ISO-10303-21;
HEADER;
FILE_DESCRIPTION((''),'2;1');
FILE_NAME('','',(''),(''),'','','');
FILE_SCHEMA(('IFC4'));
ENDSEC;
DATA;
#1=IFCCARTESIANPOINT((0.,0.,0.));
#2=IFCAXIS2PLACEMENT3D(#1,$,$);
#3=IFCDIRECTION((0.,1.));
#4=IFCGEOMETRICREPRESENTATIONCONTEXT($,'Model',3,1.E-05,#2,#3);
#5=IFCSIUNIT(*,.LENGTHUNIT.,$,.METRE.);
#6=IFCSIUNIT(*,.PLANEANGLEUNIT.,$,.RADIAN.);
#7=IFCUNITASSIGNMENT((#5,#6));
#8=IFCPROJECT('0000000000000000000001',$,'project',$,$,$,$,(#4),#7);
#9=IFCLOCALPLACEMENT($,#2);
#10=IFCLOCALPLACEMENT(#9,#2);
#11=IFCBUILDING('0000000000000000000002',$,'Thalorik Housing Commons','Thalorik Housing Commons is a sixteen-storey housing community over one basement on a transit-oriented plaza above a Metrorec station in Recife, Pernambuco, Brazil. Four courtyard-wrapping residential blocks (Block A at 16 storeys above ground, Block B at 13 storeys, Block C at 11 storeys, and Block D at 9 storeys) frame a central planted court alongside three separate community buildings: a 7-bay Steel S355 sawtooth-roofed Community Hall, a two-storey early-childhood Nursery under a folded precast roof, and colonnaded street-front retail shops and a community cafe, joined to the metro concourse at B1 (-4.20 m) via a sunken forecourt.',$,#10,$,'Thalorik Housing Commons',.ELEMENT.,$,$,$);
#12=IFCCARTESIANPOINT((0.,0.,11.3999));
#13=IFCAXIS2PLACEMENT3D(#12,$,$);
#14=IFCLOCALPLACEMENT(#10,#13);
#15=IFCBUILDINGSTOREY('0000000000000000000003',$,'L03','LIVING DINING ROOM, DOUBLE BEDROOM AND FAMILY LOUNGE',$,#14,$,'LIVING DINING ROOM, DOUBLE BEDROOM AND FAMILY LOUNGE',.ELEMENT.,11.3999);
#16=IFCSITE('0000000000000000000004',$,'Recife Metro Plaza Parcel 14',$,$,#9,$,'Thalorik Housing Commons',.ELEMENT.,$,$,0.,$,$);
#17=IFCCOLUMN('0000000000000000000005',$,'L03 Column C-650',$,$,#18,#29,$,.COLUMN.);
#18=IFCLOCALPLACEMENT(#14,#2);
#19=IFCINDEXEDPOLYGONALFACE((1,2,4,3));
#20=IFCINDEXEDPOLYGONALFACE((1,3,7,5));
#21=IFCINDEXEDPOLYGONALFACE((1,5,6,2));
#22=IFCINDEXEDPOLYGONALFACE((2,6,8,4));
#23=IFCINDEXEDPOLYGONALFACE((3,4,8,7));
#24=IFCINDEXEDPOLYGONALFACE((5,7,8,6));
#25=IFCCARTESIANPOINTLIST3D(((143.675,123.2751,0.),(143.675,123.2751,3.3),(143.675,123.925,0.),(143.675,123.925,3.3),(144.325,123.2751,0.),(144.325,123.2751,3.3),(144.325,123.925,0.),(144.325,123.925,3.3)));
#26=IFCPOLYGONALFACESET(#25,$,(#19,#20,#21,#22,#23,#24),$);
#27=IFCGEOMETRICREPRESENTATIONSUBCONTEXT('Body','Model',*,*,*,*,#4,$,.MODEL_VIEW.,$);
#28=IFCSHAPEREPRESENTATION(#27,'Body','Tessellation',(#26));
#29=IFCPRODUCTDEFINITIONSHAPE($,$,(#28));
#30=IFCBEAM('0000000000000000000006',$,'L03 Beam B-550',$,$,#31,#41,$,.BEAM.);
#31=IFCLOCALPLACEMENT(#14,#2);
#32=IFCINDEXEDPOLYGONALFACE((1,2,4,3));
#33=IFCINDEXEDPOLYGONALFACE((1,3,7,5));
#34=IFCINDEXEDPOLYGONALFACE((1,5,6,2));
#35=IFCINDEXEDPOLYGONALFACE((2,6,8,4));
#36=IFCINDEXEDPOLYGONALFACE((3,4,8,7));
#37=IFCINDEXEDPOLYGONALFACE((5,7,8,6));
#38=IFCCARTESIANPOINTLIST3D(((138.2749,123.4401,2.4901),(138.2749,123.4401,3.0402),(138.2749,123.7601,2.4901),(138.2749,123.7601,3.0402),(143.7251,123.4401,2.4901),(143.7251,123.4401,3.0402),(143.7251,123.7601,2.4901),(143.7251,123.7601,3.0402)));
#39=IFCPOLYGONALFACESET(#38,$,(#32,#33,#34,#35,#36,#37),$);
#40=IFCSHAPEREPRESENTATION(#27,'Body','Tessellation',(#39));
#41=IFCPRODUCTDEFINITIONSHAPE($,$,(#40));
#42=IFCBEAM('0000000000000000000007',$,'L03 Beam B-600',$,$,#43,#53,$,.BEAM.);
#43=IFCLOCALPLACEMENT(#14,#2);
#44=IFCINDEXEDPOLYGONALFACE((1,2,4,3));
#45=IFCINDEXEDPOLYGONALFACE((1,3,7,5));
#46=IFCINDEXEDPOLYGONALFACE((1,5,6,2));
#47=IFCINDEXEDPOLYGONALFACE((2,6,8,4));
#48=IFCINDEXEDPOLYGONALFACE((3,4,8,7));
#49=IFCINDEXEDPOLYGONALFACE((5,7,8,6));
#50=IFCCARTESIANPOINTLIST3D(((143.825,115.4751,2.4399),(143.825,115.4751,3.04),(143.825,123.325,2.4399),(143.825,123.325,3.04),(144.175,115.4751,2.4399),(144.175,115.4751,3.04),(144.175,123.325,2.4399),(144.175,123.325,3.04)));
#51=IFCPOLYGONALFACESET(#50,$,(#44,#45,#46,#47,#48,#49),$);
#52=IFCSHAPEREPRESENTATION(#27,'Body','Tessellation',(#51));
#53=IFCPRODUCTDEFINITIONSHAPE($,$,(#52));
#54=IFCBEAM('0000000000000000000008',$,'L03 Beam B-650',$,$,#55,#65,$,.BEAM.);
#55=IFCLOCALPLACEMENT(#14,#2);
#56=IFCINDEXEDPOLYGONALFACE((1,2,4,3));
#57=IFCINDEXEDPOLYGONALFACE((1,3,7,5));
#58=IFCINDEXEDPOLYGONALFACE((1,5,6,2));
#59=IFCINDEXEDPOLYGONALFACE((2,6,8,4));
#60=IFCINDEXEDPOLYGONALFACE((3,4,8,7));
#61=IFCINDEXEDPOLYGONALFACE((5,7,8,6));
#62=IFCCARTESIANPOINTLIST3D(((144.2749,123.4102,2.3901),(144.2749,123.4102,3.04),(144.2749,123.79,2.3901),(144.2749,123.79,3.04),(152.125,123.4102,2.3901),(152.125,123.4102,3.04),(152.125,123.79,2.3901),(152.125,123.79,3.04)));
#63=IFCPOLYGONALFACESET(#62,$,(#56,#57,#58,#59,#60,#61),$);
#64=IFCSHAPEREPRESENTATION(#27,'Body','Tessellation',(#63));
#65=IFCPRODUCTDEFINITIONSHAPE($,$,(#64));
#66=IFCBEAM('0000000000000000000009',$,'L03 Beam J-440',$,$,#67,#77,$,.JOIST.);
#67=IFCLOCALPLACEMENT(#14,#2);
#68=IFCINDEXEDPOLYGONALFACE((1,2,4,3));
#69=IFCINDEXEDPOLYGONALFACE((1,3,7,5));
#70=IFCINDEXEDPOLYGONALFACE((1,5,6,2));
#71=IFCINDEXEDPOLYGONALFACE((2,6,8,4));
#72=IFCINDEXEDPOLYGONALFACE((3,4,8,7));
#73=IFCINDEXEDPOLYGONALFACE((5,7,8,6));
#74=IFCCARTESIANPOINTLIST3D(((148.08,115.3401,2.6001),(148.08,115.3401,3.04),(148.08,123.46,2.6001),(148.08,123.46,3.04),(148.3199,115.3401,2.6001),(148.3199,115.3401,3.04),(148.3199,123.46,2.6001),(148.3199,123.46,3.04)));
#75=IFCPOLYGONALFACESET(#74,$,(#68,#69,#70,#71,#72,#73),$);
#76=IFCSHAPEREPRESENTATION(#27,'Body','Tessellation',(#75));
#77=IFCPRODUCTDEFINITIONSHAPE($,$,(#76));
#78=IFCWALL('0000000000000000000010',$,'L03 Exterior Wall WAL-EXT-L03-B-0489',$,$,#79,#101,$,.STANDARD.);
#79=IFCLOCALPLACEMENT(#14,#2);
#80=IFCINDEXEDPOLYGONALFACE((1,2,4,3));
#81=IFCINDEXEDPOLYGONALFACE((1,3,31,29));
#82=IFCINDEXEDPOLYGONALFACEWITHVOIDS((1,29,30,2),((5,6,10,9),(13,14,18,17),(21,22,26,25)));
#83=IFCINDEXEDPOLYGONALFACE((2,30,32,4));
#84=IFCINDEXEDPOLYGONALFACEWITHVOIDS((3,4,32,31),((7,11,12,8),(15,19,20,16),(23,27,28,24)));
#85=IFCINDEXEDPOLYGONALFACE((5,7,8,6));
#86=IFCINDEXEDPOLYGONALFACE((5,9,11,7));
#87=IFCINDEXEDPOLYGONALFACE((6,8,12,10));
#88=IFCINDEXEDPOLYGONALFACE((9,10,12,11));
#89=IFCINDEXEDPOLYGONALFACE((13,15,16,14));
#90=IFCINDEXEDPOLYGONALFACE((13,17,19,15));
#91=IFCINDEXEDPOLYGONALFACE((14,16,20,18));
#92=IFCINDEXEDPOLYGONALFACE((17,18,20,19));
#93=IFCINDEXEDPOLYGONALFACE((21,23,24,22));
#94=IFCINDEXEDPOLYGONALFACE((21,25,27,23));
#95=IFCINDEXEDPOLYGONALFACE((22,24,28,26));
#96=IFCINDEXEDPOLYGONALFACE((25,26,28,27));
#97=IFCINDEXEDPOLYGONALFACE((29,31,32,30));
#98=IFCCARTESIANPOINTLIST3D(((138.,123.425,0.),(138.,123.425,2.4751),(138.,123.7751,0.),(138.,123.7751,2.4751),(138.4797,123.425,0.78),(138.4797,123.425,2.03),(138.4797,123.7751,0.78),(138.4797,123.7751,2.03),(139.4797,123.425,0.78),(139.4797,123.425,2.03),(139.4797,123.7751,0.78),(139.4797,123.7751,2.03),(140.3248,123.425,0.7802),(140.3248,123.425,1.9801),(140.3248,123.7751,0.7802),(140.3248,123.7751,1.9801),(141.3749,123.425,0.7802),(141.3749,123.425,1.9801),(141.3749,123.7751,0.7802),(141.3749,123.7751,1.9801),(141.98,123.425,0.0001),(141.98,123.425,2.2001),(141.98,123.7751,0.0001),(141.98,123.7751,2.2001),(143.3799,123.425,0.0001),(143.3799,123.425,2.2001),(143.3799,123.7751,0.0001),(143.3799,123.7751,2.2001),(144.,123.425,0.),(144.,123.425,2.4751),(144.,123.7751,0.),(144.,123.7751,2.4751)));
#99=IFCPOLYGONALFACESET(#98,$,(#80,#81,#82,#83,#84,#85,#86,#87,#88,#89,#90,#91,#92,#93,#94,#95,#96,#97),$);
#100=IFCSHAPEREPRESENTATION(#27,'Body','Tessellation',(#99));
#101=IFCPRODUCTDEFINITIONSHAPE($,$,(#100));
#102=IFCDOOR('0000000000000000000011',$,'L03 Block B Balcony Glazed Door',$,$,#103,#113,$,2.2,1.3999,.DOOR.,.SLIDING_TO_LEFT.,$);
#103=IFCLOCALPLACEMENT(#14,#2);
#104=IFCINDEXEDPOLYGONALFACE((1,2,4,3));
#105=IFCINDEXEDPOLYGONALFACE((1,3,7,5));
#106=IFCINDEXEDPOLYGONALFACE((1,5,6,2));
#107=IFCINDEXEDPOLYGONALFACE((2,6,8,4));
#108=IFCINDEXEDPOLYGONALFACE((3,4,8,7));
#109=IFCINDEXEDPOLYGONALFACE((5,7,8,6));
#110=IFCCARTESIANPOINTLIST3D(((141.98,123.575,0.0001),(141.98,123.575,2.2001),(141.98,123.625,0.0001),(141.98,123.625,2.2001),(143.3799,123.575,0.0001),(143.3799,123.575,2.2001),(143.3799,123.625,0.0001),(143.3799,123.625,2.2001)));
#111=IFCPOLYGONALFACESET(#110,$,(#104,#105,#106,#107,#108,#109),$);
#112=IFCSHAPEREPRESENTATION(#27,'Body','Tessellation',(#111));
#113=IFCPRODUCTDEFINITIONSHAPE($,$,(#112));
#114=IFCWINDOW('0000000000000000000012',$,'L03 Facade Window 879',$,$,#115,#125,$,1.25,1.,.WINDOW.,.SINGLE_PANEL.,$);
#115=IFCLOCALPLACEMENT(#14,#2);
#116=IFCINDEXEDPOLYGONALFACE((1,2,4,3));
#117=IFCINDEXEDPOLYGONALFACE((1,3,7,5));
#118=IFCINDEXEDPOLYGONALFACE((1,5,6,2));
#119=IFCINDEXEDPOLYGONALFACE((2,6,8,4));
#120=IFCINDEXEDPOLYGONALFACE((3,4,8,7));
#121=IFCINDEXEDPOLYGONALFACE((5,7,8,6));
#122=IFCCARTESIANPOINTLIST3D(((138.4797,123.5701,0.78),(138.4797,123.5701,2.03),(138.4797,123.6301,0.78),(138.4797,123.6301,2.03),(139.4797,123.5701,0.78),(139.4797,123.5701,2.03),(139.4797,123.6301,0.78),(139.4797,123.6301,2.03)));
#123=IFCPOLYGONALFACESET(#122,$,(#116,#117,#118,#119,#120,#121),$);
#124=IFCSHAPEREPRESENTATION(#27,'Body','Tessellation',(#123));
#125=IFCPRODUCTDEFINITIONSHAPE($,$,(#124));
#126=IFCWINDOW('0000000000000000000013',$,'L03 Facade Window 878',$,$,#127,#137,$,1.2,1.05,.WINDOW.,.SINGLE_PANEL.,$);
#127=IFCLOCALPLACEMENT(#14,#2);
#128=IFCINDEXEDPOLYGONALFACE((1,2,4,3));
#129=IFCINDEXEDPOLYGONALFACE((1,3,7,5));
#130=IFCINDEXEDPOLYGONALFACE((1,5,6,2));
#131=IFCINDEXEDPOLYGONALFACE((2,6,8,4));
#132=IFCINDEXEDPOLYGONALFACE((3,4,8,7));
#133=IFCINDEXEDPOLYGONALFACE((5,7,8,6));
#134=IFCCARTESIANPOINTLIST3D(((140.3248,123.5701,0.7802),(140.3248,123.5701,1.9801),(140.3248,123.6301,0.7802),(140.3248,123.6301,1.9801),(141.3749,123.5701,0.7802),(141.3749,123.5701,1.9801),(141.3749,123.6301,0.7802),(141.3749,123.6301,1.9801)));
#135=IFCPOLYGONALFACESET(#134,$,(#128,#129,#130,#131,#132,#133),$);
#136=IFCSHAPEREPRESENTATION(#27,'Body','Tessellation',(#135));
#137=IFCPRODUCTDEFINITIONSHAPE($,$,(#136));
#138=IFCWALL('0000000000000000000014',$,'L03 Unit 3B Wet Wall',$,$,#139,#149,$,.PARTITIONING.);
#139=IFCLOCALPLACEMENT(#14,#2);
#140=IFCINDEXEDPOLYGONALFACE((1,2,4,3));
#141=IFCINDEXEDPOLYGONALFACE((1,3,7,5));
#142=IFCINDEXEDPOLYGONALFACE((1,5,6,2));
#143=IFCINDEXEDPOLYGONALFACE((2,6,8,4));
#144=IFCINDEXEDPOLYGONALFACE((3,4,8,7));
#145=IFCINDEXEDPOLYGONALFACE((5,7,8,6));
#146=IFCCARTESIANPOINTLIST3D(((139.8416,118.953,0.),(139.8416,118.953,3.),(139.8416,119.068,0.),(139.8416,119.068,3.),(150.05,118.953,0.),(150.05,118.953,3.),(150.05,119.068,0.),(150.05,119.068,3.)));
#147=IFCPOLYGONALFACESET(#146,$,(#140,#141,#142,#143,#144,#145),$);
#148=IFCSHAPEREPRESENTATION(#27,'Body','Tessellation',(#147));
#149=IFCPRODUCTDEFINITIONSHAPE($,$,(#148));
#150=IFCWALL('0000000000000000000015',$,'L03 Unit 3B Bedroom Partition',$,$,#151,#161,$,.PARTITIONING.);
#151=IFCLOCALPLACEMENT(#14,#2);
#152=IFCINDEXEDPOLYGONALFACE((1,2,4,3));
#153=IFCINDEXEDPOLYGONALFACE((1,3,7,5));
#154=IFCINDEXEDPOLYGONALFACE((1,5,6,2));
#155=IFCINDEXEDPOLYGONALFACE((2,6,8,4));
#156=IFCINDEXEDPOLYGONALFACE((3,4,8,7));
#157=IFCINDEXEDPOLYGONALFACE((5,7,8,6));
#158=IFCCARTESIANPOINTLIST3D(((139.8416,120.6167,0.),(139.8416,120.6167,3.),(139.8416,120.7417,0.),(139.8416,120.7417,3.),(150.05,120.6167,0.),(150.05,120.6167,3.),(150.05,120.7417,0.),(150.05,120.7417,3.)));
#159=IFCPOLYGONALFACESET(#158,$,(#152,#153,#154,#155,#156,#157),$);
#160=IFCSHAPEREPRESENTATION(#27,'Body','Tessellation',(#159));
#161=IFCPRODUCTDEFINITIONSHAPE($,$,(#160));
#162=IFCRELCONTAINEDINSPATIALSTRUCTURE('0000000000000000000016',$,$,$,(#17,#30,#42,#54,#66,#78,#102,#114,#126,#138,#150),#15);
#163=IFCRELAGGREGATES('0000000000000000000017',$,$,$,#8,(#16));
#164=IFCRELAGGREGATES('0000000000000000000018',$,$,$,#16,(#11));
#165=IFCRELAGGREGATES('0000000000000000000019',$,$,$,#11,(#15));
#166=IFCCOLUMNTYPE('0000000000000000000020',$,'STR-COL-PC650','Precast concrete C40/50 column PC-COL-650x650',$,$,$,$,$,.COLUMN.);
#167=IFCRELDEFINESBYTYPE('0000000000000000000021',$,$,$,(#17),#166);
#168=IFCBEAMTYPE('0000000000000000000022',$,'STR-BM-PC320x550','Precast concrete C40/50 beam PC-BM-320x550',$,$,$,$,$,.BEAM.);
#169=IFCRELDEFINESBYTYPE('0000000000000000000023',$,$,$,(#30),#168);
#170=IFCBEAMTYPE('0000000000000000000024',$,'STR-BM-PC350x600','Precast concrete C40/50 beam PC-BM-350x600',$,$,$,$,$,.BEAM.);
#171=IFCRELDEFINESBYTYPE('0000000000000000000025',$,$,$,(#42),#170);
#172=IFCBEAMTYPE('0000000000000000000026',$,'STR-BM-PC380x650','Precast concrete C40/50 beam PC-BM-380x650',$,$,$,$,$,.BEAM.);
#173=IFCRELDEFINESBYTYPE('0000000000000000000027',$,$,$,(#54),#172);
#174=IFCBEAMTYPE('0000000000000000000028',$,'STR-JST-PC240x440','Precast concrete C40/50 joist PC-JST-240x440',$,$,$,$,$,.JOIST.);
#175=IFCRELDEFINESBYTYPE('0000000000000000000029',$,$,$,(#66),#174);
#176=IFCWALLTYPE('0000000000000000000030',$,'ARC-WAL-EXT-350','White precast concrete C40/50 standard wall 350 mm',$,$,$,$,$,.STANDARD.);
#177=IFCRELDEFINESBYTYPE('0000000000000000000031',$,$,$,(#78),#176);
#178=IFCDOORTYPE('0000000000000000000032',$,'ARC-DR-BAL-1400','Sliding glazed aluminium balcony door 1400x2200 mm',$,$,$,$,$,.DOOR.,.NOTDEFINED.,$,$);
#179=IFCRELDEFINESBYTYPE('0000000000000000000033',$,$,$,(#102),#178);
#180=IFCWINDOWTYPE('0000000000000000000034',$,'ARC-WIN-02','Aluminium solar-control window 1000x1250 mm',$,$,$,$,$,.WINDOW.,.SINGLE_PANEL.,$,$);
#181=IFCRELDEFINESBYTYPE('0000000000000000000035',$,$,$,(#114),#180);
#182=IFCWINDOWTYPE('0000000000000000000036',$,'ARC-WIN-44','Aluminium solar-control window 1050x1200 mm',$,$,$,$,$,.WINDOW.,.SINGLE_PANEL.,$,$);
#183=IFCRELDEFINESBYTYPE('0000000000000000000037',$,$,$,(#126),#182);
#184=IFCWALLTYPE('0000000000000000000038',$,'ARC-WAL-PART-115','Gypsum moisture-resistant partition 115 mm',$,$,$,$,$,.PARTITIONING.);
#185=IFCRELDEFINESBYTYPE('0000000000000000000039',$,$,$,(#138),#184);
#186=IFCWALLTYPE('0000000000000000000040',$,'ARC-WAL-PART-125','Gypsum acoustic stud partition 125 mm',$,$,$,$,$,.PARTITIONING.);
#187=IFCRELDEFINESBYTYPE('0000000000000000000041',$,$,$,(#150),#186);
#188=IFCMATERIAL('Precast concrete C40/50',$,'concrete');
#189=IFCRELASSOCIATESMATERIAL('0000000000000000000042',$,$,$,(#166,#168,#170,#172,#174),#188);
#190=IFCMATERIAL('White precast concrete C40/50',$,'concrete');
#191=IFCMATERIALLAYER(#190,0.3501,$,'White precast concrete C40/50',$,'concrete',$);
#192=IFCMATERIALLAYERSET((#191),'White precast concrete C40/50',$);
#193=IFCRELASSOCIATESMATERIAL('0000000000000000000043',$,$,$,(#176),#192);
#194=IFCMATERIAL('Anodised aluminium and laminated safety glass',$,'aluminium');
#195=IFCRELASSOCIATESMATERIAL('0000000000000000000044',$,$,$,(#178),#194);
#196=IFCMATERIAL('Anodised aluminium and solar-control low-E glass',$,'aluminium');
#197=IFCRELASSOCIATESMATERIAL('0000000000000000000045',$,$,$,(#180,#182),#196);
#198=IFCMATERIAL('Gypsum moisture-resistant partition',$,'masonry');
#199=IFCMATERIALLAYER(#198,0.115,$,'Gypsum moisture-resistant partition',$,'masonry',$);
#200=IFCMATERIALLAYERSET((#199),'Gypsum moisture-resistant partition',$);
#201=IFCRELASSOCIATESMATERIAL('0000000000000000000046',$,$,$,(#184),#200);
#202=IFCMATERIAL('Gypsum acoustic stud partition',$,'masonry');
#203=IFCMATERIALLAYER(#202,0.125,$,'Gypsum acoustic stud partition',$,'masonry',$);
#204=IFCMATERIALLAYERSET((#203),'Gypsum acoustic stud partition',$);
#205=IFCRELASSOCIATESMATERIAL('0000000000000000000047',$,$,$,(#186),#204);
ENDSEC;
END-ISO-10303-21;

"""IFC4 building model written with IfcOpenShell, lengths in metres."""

from ifc_helpers import new_model, si_unit, direction, frame, frame_2d, origin, origin_2d, place, context, subcontext, project, spatial, rectangle, extrude, material, layer, layer_set, material_profile, profile_set, type_object, element, fill, save


model = new_model("IFC4")

# Units and contexts
model_context = context("Model", 3, precision=1e-05, world=origin(), true_north=direction((0.0, 1.0)))
body_context = subcontext(model_context, "Body", "Model", "MODEL_VIEW")
ifc_project = project(units=[si_unit("LENGTHUNIT", "METRE"), si_unit("PLANEANGLEUNIT", "RADIAN")], contexts=[model_context])

# Site, building, storey
site_placement = place(None, origin())
site = spatial("IfcSite", under=ifc_project, at=site_placement, Name="Recife Metro Plaza Parcel 14", LongName="Thalorik Housing Commons", CompositionType="ELEMENT", RefElevation=0.0)
building_placement = place(site_placement, origin())
building = spatial("IfcBuilding", under=site, at=building_placement, Name="Thalorik Housing Commons", Description="Thalorik Housing Commons is a sixteen-storey housing community over one basement on a transit-oriented plaza above a Metrorec station in Recife, Pernambuco, Brazil. Four courtyard-wrapping residential blocks (Block A at 16 storeys above ground, Block B at 13 storeys, Block C at 11 storeys, and Block D at 9 storeys) frame a central planted court alongside three separate community buildings: a 7-bay Steel S355 sawtooth-roofed Community Hall, a two-storey early-childhood Nursery under a folded precast roof, and colonnaded street-front retail shops and a community cafe, joined to the metro concourse at B1 (-4.20 m) via a sunken forecourt.", LongName="Thalorik Housing Commons", CompositionType="ELEMENT")
storey_placement = place(building_placement, frame((0.0, 0.0, 11.3999)))
storey = spatial("IfcBuildingStorey", under=building, at=storey_placement, Name="L03", Description="LIVING DINING ROOM, DOUBLE BEDROOM AND FAMILY LOUNGE", LongName="LIVING DINING ROOM, DOUBLE BEDROOM AND FAMILY LOUNGE", CompositionType="ELEMENT", Elevation=11.3999)

# Column
ifc_material_1 = material(Name="Precast concrete C40/50", Category="concrete")
ifc_material_profile_1 = material_profile(ifc_material_1, rectangle(XDim=0.6499, YDim=0.6499, at=origin_2d()), Name="PC 650x650", Category="concrete")
ifc_profile_set_1 = profile_set([ifc_material_profile_1], Name="Precast concrete C40/50")
column_type = type_object("IfcColumnType", Name="STR-COL-PC650", Description="Precast concrete C40/50 column PC-COL-650x650", PredefinedType="COLUMN", material=ifc_profile_set_1)
column_placement = place(storey_placement, frame((144.0, 123.6001, 0.0), z_axis=(0.0, 0.0, 1.0), x_axis=(1.0, 0.0, 0.0)))
element("IfcColumn", 1, at=column_placement, inside=storey, type_object=column_type, Name="L03 Column C-650", PredefinedType="COLUMN", context=body_context, shape_type="SweptSolid", body=[
    extrude(rectangle(XDim=0.6499, YDim=0.6499, at=origin_2d()), origin(), (0.0, 0.0, 1.0), 3.3),
])

# Beams
ifc_material_profile_2 = material_profile(ifc_material_1, rectangle(XDim=0.3201, YDim=0.55, at=origin_2d()), Name="PC 320x550", Category="concrete")
ifc_profile_set_2 = profile_set([ifc_material_profile_2], Name="Precast concrete C40/50")
beam_type_1 = type_object("IfcBeamType", Name="STR-BM-PC320x550", Description="Precast concrete C40/50 beam PC-BM-320x550", PredefinedType="BEAM", material=ifc_profile_set_2)
beam_1_placement = place(storey_placement, frame((138.2749, 123.6001, 2.7651), z_axis=(1.0, 0.0, 0.0), x_axis=(0.0, 1.0, 0.0)))
element("IfcBeam", 2, at=beam_1_placement, inside=storey, type_object=beam_type_1, Name="L03 Beam B-550", PredefinedType="BEAM", context=body_context, shape_type="SweptSolid", body=[
    extrude(rectangle(XDim=0.3201, YDim=0.55, at=origin_2d()), origin(), (0.0, 0.0, 1.0), 5.4502),
])
ifc_material_profile_3 = material_profile(ifc_material_1, rectangle(XDim=0.3501, YDim=0.6001, at=origin_2d()), Name="PC 350x600", Category="concrete")
ifc_profile_set_3 = profile_set([ifc_material_profile_3], Name="Precast concrete C40/50")
beam_type_2 = type_object("IfcBeamType", Name="STR-BM-PC350x600", Description="Precast concrete C40/50 beam PC-BM-350x600", PredefinedType="BEAM", material=ifc_profile_set_3)
beam_2_placement = place(storey_placement, frame((144.0, 115.4751, 2.74), z_axis=(0.0, 1.0, 0.0), x_axis=(-1.0, 0.0, 0.0)))
element("IfcBeam", 3, at=beam_2_placement, inside=storey, type_object=beam_type_2, Name="L03 Beam B-600", PredefinedType="BEAM", context=body_context, shape_type="SweptSolid", body=[
    extrude(rectangle(XDim=0.3501, YDim=0.6001, at=origin_2d()), origin(), (0.0, 0.0, 1.0), 7.8499),
])
ifc_material_profile_4 = material_profile(ifc_material_1, rectangle(XDim=0.3799, YDim=0.6499, at=origin_2d()), Name="PC 380x650", Category="concrete")
ifc_profile_set_4 = profile_set([ifc_material_profile_4], Name="Precast concrete C40/50")
beam_type_3 = type_object("IfcBeamType", Name="STR-BM-PC380x650", Description="Precast concrete C40/50 beam PC-BM-380x650", PredefinedType="BEAM", material=ifc_profile_set_4)
beam_3_placement = place(storey_placement, frame((144.2749, 123.6001, 2.7151), z_axis=(1.0, 0.0, 0.0), x_axis=(0.0, 1.0, 0.0)))
element("IfcBeam", 4, at=beam_3_placement, inside=storey, type_object=beam_type_3, Name="L03 Beam B-650", PredefinedType="BEAM", context=body_context, shape_type="SweptSolid", body=[
    extrude(rectangle(XDim=0.3799, YDim=0.6499, at=origin_2d()), origin(), (0.0, 0.0, 1.0), 7.8501),
])
ifc_material_profile_5 = material_profile(ifc_material_1, rectangle(XDim=0.24, YDim=0.4399, at=origin_2d()), Name="PC JST 240x440", Category="concrete")
ifc_profile_set_5 = profile_set([ifc_material_profile_5], Name="Precast concrete C40/50")
beam_type_4 = type_object("IfcBeamType", Name="STR-JST-PC240x440", Description="Precast concrete C40/50 joist PC-JST-240x440", PredefinedType="JOIST", material=ifc_profile_set_5)
beam_4_placement = place(storey_placement, frame((148.2, 115.3401, 2.8201), z_axis=(0.0, 1.0, 0.0), x_axis=(-1.0, 0.0, 0.0)))
element("IfcBeam", 5, at=beam_4_placement, inside=storey, type_object=beam_type_4, Name="L03 Beam J-440", PredefinedType="JOIST", context=body_context, shape_type="SweptSolid", body=[
    extrude(rectangle(XDim=0.24, YDim=0.4399, at=origin_2d()), origin(), (0.0, 0.0, 1.0), 8.1199),
])

# Wall, openings, door, windows
ifc_material_2 = material(Name="White precast concrete C40/50", Category="concrete")
ifc_layer_1 = layer(ifc_material_2, 0.3501, Name="White precast concrete C40/50", Category="concrete")
ifc_layer_set_1 = layer_set([ifc_layer_1], Name="White precast concrete C40/50")
wall_type_1 = type_object("IfcWallType", Name="ARC-WAL-EXT-350", Description="White precast concrete C40/50 standard wall 350 mm", PredefinedType="STANDARD", material=ifc_layer_set_1)
wall_1_placement = place(storey_placement, frame((144.0, 123.6001, 0.0), z_axis=(0.0, 0.0, 1.0), x_axis=(-1.0, 0.0, 0.0)))
wall_1 = element("IfcWall", 6, at=wall_1_placement, inside=storey, type_object=wall_type_1, Name="L03 Exterior Wall WAL-EXT-L03-B-0489", PredefinedType="STANDARD", context=body_context, shape_type="SweptSolid", body=[
    extrude(rectangle(XDim=6.0, YDim=0.3501, at=frame_2d((3.0, 0.0))), origin(), (0.0, 0.0, 1.0), 2.4751),
])
opening_1_placement = place(wall_1_placement, frame((0.6201, 0.0, 0.0)))
opening_1 = element("IfcOpeningElement", 7, at=opening_1_placement, cuts=wall_1, PredefinedType="OPENING", context=body_context, shape_type="SweptSolid", body=[
    extrude(rectangle(XDim=1.3999, YDim=2.2, at=frame_2d((0.7, 1.1001))), frame((0.0, 0.1851, 0.0), z_axis=(0.0, -1.0, 0.0), x_axis=(1.0, 0.0, 0.0)), (0.0, 0.0, 1.0), 0.3701),
])
opening_2_placement = place(wall_1_placement, frame((2.6252, 0.0, 0.78)))
opening_2 = element("IfcOpeningElement", 8, at=opening_2_placement, cuts=wall_1, PredefinedType="OPENING", context=body_context, shape_type="SweptSolid", body=[
    extrude(rectangle(XDim=1.05, YDim=1.2, at=frame_2d((0.5249, 0.6001))), frame((0.0, 0.1851, 0.0), z_axis=(0.0, -1.0, 0.0), x_axis=(1.0, 0.0, 0.0)), (0.0, 0.0, 1.0), 0.3701),
])
opening_3_placement = place(wall_1_placement, frame((4.5203, 0.0, 0.78)))
opening_3 = element("IfcOpeningElement", 9, at=opening_3_placement, cuts=wall_1, PredefinedType="OPENING", context=body_context, shape_type="SweptSolid", body=[
    extrude(rectangle(XDim=1.0, YDim=1.25, at=frame_2d((0.5, 0.625))), frame((0.0, 0.1851, 0.0), z_axis=(0.0, -1.0, 0.0), x_axis=(1.0, 0.0, 0.0)), (0.0, 0.0, 1.0), 0.3701),
])
ifc_material_3 = material(Name="Anodised aluminium and laminated safety glass", Category="aluminium")
door_type_1 = type_object("IfcDoorType", Name="ARC-DR-BAL-1400", Description="Sliding glazed aluminium balcony door 1400x2200 mm", OperationType="NOTDEFINED", PredefinedType="DOOR", material=ifc_material_3)
door_1_placement = place(opening_1_placement, frame((1.3999, 0.0, 0.0), z_axis=(0.0, 0.0, 1.0), x_axis=(-1.0, 0.0, 0.0)))
door_1 = element("IfcDoor", 10, at=door_1_placement, inside=storey, type_object=door_type_1, Name="L03 Block B Balcony Glazed Door", OperationType="SLIDING_TO_LEFT", OverallHeight=2.2, OverallWidth=1.3999, PredefinedType="DOOR", context=body_context, shape_type="SweptSolid", body=[
    extrude(rectangle(XDim=1.3999, YDim=2.2, at=frame_2d((0.7, 1.1001))), frame((0.0, 0.0249, 0.0), z_axis=(0.0, -1.0, 0.0), x_axis=(1.0, 0.0, 0.0)), (0.0, 0.0, 1.0), 0.05),
])
fill(opening_1, door_1)
ifc_material_4 = material(Name="Anodised aluminium and solar-control low-E glass", Category="aluminium")
window_type_1 = type_object("IfcWindowType", Name="ARC-WIN-02", Description="Aluminium solar-control window 1000x1250 mm", PartitioningType="SINGLE_PANEL", PredefinedType="WINDOW", material=ifc_material_4)
window_1_placement = place(opening_3_placement, origin())
window_1 = element("IfcWindow", 11, at=window_1_placement, inside=storey, type_object=window_type_1, Name="L03 Facade Window 879", OverallHeight=1.25, OverallWidth=1.0, PartitioningType="SINGLE_PANEL", PredefinedType="WINDOW", context=body_context, shape_type="SweptSolid", body=[
    extrude(rectangle(XDim=1.0, YDim=1.25, at=frame_2d((0.5, 0.625))), frame((0.0, 0.03, 0.0), z_axis=(0.0, -1.0, 0.0), x_axis=(1.0, 0.0, 0.0)), (0.0, 0.0, 1.0), 0.0601),
])
fill(opening_3, window_1)
window_type_2 = type_object("IfcWindowType", Name="ARC-WIN-44", Description="Aluminium solar-control window 1050x1200 mm", PartitioningType="SINGLE_PANEL", PredefinedType="WINDOW", material=ifc_material_4)
window_2_placement = place(opening_2_placement, origin())
window_2 = element("IfcWindow", 12, at=window_2_placement, inside=storey, type_object=window_type_2, Name="L03 Facade Window 878", OverallHeight=1.2, OverallWidth=1.05, PartitioningType="SINGLE_PANEL", PredefinedType="WINDOW", context=body_context, shape_type="SweptSolid", body=[
    extrude(rectangle(XDim=1.05, YDim=1.2, at=frame_2d((0.5249, 0.6001))), frame((0.0, 0.03, 0.0), z_axis=(0.0, -1.0, 0.0), x_axis=(1.0, 0.0, 0.0)), (0.0, 0.0, 1.0), 0.0601),
])
fill(opening_2, window_2)

# Walls
ifc_material_5 = material(Name="Gypsum moisture-resistant partition", Category="masonry")
ifc_layer_2 = layer(ifc_material_5, 0.115, Name="Gypsum moisture-resistant partition", Category="masonry")
ifc_layer_set_2 = layer_set([ifc_layer_2], Name="Gypsum moisture-resistant partition")
wall_type_2 = type_object("IfcWallType", Name="ARC-WAL-PART-115", Description="Gypsum moisture-resistant partition 115 mm", PredefinedType="PARTITIONING", material=ifc_layer_set_2)
wall_2_placement = place(storey_placement, frame((139.8416, 119.0105, 0.0), z_axis=(0.0, 0.0, 1.0), x_axis=(1.0, 0.0, 0.0)))
element("IfcWall", 13, at=wall_2_placement, inside=storey, type_object=wall_type_2, Name="L03 Unit 3B Wet Wall", PredefinedType="PARTITIONING", context=body_context, shape_type="SweptSolid", body=[
    extrude(rectangle(XDim=10.2085, YDim=0.115, at=frame_2d((5.1042, 0.0))), origin(), (0.0, 0.0, 1.0), 3.0),
])
ifc_material_6 = material(Name="Gypsum acoustic stud partition", Category="masonry")
ifc_layer_3 = layer(ifc_material_6, 0.125, Name="Gypsum acoustic stud partition", Category="masonry")
ifc_layer_set_3 = layer_set([ifc_layer_3], Name="Gypsum acoustic stud partition")
wall_type_3 = type_object("IfcWallType", Name="ARC-WAL-PART-125", Description="Gypsum acoustic stud partition 125 mm", PredefinedType="PARTITIONING", material=ifc_layer_set_3)
wall_3_placement = place(storey_placement, frame((139.8416, 120.6792, 0.0), z_axis=(0.0, 0.0, 1.0), x_axis=(1.0, 0.0, 0.0)))
element("IfcWall", 14, at=wall_3_placement, inside=storey, type_object=wall_type_3, Name="L03 Unit 3B Bedroom Partition", PredefinedType="PARTITIONING", context=body_context, shape_type="SweptSolid", body=[
    extrude(rectangle(XDim=10.2085, YDim=0.125, at=frame_2d((5.1042, 0.0))), origin(), (0.0, 0.0, 1.0), 3.0),
])

save(model, "model.ifc")
